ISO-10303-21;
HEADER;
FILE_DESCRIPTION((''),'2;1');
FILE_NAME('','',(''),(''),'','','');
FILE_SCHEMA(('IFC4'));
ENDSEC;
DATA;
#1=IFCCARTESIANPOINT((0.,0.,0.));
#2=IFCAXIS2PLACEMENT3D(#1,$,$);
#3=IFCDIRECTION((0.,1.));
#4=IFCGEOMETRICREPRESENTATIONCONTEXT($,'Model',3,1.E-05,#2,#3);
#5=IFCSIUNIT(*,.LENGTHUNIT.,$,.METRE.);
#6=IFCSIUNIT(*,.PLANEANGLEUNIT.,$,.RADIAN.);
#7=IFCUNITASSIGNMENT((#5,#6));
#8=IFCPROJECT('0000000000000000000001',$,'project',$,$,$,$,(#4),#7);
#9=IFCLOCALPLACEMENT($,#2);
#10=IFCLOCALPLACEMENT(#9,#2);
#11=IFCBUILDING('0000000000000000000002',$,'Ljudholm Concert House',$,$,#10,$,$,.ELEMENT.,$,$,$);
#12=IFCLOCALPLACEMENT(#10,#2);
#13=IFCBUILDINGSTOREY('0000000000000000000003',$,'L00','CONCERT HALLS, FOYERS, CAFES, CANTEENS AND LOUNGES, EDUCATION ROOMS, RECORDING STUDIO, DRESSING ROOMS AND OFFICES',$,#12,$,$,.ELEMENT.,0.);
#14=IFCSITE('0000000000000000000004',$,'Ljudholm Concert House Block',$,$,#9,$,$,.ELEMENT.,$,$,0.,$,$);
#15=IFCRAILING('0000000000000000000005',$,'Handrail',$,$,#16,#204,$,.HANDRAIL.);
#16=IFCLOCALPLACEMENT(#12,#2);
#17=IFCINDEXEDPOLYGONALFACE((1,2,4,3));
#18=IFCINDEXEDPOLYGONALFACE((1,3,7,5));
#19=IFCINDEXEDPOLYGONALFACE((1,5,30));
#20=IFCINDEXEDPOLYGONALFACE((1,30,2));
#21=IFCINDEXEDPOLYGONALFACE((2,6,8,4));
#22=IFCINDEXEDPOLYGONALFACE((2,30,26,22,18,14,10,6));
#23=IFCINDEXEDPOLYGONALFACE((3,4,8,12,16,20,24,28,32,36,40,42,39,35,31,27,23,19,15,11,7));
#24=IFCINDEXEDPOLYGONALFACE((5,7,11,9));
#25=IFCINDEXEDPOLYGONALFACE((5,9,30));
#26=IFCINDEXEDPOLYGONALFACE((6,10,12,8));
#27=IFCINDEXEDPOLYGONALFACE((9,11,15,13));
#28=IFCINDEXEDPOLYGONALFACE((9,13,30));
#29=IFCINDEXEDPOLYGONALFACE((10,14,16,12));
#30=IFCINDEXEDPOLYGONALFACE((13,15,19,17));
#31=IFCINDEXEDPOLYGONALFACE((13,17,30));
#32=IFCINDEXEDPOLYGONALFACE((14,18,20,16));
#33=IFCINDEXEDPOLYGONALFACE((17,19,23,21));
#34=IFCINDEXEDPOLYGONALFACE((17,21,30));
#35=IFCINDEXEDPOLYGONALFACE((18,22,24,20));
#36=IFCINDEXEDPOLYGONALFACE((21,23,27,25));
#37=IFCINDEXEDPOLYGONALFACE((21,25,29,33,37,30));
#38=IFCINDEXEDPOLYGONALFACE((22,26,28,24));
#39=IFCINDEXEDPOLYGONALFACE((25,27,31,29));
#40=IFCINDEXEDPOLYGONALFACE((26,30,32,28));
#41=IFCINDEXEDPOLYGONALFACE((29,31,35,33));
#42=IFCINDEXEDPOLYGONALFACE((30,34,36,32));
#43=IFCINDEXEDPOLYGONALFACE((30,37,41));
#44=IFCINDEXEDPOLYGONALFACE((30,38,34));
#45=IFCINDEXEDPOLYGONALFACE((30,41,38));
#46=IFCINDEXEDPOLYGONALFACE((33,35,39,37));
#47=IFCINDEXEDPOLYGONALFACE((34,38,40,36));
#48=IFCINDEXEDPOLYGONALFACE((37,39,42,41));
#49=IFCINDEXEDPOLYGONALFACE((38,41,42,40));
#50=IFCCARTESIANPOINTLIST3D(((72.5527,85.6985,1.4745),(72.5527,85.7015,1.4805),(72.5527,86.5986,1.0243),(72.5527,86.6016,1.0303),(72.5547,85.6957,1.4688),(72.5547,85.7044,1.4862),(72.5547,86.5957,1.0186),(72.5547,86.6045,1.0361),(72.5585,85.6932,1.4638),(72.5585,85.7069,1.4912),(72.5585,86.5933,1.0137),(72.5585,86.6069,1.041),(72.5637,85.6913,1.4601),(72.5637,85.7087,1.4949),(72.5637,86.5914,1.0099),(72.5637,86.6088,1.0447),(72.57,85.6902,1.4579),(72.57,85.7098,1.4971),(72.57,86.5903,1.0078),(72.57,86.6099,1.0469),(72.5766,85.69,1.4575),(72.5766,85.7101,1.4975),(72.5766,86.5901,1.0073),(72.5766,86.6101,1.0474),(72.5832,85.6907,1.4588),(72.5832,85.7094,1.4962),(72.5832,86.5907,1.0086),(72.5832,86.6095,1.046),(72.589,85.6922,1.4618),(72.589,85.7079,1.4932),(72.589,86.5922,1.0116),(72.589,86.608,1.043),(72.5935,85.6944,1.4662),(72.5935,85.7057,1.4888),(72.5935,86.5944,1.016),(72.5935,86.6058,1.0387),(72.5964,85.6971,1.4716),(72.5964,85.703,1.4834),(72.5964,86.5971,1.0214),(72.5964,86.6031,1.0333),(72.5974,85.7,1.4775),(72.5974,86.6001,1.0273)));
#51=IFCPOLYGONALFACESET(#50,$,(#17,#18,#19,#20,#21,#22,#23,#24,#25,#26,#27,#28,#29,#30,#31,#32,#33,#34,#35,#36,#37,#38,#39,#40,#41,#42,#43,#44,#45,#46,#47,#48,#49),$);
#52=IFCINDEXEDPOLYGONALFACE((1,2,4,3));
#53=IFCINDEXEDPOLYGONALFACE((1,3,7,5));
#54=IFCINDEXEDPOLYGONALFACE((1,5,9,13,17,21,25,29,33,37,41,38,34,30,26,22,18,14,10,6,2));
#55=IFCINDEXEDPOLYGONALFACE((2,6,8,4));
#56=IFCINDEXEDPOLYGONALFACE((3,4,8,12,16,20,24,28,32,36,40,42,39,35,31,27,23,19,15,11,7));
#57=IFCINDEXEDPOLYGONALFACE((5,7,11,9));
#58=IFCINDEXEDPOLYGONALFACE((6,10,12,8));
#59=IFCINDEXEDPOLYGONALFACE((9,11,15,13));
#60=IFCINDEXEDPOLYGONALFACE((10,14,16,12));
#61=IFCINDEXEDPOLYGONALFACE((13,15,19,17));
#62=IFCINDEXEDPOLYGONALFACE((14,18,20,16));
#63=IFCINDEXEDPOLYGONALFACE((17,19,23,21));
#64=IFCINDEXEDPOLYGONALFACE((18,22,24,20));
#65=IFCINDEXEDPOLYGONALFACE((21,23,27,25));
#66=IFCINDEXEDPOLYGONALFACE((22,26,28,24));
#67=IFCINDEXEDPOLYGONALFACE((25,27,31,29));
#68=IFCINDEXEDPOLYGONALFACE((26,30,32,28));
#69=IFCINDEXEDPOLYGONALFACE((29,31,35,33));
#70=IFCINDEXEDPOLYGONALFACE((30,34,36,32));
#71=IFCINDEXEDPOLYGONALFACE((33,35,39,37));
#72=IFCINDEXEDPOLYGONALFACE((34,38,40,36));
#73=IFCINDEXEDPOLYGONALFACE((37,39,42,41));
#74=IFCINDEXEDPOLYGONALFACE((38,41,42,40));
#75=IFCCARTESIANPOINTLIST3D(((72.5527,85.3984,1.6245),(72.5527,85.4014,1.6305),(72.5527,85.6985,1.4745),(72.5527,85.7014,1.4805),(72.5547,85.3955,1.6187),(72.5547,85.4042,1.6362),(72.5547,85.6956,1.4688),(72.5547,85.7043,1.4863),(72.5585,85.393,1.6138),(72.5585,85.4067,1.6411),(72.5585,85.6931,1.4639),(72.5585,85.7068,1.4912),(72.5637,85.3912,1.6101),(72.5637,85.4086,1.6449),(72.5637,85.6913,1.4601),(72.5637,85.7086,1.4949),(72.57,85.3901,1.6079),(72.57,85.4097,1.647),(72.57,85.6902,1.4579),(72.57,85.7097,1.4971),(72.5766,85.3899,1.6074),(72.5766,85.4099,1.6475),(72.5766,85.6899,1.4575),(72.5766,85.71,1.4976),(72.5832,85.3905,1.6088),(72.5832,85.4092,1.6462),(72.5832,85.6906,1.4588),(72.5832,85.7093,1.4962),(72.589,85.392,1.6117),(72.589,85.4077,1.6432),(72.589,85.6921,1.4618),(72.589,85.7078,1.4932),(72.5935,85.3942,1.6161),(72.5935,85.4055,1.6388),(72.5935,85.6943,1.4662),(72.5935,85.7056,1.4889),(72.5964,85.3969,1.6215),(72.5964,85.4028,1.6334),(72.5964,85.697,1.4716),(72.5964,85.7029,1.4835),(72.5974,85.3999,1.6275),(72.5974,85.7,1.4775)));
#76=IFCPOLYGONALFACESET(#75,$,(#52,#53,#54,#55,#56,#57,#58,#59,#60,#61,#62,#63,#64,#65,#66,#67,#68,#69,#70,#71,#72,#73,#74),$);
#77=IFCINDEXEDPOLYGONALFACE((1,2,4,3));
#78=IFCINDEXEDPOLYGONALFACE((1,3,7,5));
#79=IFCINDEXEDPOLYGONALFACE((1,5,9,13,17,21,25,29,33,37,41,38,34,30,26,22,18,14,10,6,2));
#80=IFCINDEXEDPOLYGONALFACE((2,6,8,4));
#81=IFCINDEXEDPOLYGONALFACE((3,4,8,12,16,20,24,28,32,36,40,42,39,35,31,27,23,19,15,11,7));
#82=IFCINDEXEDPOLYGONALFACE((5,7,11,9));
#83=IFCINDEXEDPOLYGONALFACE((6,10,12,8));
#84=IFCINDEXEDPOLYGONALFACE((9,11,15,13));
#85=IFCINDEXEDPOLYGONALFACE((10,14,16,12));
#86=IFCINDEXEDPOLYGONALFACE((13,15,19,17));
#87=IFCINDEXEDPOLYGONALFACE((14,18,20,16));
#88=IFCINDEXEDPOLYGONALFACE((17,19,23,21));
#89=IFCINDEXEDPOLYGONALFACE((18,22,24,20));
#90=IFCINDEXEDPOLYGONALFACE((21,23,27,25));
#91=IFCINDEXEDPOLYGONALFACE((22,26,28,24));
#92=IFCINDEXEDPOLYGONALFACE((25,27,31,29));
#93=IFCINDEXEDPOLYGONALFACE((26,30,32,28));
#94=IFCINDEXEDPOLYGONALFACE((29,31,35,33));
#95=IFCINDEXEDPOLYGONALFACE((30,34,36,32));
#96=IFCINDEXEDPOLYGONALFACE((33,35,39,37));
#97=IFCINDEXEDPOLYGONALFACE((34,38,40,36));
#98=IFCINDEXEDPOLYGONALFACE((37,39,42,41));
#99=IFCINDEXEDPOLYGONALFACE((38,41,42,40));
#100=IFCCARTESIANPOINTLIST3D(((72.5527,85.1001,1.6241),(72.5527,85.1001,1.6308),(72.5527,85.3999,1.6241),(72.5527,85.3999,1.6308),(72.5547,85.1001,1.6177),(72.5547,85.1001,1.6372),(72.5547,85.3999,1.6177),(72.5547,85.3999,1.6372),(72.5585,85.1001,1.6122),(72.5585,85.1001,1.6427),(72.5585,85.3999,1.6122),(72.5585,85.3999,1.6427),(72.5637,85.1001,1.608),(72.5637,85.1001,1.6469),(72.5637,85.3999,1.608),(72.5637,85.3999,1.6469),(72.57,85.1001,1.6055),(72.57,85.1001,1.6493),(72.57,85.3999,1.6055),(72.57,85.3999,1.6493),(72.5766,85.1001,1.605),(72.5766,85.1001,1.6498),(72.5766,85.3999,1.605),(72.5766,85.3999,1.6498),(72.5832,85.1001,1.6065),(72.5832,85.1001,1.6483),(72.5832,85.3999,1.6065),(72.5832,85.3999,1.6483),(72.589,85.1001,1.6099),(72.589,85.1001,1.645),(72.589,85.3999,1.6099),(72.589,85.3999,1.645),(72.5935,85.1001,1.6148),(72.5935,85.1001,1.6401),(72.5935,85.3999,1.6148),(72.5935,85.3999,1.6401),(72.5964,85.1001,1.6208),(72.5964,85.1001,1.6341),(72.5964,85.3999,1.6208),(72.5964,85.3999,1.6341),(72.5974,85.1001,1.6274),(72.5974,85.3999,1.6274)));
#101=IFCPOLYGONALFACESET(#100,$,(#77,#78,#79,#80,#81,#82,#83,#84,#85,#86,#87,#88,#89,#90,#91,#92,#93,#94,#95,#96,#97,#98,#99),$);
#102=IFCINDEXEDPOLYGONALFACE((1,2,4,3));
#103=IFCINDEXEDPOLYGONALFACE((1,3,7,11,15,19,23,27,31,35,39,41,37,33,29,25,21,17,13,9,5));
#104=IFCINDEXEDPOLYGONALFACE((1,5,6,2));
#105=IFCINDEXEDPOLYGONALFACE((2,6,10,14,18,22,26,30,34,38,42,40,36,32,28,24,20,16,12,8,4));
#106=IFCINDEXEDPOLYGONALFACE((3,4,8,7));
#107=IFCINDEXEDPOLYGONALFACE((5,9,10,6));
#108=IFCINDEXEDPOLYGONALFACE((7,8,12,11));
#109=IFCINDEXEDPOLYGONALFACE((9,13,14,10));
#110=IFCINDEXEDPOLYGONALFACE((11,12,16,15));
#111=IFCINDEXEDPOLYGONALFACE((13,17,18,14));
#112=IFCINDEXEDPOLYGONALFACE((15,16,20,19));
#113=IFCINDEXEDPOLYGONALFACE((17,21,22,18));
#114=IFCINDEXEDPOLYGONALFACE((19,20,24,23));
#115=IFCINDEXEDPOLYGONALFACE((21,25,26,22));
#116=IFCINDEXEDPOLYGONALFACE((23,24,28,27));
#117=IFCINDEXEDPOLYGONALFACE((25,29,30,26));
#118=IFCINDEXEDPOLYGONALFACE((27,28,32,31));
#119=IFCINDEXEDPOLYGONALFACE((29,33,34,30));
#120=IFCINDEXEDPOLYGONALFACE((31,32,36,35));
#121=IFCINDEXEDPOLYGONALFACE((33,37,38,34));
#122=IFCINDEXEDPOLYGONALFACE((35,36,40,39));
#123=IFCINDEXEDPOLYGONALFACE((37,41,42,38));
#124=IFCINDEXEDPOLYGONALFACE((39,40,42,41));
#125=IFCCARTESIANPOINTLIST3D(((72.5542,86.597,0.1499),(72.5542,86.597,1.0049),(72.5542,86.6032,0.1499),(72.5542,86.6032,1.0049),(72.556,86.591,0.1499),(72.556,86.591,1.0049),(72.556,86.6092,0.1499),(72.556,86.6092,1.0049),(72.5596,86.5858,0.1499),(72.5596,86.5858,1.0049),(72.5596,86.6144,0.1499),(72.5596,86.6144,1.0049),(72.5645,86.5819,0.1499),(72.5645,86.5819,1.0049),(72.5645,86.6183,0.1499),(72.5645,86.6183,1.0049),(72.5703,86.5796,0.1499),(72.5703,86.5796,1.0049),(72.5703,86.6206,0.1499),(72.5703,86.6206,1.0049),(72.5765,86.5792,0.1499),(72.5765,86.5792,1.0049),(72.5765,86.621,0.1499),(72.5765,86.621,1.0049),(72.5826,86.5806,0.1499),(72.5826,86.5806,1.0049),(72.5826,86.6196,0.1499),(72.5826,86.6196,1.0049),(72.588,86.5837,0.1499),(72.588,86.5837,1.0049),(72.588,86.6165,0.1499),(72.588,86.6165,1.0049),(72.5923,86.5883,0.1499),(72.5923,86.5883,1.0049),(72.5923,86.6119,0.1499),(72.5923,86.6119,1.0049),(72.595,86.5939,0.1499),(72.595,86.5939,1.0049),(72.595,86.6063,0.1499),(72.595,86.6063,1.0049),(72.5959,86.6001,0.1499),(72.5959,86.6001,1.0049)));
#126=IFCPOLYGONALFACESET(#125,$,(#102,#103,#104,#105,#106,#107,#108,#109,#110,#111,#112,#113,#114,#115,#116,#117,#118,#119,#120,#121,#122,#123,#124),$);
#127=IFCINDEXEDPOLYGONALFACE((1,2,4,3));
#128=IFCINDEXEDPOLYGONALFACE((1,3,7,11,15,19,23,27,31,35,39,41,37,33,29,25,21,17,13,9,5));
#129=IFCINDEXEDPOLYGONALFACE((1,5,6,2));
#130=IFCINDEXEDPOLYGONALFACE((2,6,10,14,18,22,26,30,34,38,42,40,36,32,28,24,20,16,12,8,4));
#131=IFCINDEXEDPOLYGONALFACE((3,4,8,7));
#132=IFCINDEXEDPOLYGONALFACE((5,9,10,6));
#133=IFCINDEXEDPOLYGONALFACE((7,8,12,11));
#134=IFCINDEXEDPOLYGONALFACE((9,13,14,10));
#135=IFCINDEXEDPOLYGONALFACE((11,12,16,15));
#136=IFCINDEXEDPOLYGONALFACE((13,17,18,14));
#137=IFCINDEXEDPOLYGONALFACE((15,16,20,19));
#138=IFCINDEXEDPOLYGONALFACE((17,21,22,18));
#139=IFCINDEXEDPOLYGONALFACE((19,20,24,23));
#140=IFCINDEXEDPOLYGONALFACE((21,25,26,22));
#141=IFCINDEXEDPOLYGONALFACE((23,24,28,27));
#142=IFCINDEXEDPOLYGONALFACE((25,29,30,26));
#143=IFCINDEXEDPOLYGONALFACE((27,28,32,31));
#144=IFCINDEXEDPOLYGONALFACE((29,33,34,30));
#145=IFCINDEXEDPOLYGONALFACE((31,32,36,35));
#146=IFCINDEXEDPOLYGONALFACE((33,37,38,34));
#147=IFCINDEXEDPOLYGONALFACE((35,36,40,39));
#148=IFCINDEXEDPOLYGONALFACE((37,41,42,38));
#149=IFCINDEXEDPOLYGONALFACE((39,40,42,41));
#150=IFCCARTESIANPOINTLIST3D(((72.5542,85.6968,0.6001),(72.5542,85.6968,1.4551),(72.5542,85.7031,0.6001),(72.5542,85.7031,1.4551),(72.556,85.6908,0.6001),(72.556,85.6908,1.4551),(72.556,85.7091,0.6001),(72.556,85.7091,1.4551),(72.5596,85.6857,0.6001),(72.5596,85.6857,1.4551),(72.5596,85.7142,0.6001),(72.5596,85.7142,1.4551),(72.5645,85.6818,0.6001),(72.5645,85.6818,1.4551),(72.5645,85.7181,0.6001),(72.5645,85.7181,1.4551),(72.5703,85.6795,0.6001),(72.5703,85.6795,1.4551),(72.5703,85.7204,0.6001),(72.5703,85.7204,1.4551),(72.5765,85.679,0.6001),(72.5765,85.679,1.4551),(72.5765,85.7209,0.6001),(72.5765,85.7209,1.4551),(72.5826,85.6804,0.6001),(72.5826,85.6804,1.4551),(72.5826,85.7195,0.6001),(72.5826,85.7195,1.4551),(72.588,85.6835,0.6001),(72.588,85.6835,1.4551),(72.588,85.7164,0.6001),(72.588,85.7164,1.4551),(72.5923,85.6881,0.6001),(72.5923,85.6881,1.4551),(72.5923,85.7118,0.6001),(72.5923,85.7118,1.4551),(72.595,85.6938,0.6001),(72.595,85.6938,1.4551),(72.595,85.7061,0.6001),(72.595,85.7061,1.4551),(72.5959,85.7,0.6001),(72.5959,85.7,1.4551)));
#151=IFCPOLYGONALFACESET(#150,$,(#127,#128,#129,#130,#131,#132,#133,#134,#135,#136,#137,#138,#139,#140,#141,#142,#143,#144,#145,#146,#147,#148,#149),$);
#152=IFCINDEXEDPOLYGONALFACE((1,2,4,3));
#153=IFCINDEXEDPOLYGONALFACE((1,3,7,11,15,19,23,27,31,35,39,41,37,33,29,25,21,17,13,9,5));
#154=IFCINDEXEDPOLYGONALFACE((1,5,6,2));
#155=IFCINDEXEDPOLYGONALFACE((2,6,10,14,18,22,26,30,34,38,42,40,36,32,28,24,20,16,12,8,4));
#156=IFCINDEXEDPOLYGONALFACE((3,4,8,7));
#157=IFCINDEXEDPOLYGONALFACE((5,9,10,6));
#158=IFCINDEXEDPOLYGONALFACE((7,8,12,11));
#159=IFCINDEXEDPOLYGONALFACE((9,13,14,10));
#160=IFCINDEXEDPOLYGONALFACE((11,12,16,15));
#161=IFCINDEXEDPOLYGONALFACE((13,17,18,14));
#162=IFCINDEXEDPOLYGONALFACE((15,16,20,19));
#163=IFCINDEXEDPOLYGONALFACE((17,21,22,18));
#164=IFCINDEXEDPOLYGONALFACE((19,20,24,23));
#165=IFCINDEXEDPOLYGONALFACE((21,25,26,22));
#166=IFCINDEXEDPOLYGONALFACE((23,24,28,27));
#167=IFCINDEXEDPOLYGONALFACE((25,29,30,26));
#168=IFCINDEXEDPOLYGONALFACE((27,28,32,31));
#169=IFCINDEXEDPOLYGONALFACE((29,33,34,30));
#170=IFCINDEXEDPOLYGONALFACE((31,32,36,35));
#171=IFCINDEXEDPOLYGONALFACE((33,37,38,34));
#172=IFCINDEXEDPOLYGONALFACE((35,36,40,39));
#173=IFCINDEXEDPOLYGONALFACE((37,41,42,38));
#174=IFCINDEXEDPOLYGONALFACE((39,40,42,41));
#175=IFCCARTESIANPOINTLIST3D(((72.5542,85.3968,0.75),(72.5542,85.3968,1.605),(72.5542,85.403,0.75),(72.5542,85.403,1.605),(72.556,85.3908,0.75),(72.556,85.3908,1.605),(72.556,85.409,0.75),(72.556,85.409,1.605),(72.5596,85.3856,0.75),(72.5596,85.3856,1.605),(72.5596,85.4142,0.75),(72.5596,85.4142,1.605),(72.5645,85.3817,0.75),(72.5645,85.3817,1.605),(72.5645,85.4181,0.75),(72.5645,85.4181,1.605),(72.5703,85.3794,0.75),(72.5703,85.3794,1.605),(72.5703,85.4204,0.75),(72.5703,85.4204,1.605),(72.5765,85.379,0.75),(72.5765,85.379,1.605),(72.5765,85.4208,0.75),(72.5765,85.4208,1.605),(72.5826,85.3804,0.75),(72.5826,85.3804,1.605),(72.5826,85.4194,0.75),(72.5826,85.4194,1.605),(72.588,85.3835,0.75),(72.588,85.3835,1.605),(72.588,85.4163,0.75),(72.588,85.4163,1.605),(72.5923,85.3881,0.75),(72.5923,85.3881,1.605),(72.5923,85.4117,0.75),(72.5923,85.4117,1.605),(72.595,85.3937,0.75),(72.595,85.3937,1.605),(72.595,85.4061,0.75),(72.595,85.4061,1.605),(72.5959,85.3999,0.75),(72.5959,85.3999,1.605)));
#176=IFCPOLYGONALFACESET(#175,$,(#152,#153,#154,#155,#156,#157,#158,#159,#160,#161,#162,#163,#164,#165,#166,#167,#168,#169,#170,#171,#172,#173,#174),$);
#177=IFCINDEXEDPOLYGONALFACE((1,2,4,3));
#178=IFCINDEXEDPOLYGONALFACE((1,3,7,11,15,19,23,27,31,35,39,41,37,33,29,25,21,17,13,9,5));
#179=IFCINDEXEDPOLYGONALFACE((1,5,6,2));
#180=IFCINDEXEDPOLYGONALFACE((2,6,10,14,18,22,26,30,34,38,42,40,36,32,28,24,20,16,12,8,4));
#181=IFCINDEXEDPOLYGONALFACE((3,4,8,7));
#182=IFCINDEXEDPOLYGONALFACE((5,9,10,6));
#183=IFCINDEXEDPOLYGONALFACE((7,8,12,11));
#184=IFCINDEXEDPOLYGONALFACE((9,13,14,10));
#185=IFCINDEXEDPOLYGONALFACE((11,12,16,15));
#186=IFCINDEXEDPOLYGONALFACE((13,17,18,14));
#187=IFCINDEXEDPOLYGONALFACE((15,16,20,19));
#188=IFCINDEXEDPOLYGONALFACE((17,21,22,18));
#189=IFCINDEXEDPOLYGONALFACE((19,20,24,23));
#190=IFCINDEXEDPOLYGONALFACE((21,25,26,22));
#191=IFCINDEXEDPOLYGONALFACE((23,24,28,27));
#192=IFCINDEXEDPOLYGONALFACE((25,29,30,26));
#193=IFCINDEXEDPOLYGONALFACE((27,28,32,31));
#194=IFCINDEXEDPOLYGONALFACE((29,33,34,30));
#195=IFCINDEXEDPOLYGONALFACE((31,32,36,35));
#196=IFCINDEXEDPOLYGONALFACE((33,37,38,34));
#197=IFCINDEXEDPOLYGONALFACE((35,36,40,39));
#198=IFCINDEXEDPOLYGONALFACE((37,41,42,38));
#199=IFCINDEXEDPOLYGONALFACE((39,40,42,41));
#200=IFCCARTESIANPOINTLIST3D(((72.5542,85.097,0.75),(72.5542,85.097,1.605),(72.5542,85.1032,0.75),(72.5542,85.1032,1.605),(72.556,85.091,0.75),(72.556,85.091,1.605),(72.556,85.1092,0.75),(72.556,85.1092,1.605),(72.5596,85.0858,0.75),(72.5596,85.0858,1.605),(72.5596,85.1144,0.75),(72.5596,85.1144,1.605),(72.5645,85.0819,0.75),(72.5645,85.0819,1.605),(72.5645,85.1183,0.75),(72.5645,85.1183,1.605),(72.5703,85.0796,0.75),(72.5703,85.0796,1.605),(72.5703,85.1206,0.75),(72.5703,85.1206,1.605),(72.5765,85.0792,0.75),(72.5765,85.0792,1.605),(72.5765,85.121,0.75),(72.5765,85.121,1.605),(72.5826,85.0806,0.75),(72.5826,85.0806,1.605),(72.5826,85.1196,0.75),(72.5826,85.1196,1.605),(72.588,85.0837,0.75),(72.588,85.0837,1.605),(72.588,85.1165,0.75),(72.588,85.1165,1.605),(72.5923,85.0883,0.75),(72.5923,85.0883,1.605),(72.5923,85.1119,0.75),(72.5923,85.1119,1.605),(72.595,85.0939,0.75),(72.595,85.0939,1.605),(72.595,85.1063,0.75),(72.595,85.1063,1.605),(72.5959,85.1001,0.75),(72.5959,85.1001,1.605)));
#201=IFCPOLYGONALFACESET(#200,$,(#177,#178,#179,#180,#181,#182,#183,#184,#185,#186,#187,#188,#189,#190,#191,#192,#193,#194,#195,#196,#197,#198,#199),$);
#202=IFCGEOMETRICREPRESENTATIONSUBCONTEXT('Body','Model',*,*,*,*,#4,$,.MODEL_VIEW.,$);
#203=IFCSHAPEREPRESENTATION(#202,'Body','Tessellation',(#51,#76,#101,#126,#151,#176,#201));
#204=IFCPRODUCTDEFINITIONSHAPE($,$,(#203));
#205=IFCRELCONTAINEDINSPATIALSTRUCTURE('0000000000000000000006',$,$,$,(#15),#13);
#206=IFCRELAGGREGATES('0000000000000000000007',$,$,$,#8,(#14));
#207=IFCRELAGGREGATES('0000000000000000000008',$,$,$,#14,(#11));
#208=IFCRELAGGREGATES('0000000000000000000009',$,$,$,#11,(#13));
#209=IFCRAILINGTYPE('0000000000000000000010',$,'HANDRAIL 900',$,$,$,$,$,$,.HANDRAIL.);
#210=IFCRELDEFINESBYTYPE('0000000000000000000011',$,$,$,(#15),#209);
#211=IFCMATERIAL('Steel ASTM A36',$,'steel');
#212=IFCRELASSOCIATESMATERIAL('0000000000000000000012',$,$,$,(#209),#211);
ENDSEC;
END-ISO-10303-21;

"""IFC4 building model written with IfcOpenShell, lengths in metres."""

from ifc_helpers import new_model, si_unit, direction, frame, origin, origin_2d, place, context, subcontext, project, spatial, circle, extrude, material, type_object, element, save


model = new_model("IFC4")

# Units and contexts
model_context = context("Model", 3, precision=1e-05, world=origin(), true_north=direction((0.0, 1.0)))
body_context = subcontext(model_context, "Body", "Model", "MODEL_VIEW")
ifc_project = project(units=[si_unit("LENGTHUNIT", "METRE"), si_unit("PLANEANGLEUNIT", "RADIAN")], contexts=[model_context])

# Site, building, storey
site_placement = place(None, origin())
site = spatial("IfcSite", under=ifc_project, at=site_placement, Name="Ljudholm Concert House Block", CompositionType="ELEMENT", RefElevation=0.0)
building_placement = place(site_placement, origin())
building = spatial("IfcBuilding", under=site, at=building_placement, Name="Ljudholm Concert House", CompositionType="ELEMENT")
storey_placement = place(building_placement, origin())
storey = spatial("IfcBuildingStorey", under=building, at=storey_placement, Name="L00", Description="CONCERT HALLS, FOYERS, CAFES, CANTEENS AND LOUNGES, EDUCATION ROOMS, RECORDING STUDIO, DRESSING ROOMS AND OFFICES", CompositionType="ELEMENT", Elevation=0.0)

# Railing
ifc_material_1 = material(Name="Steel ASTM A36", Category="steel")
railing_type_1 = type_object("IfcRailingType", Name="HANDRAIL 900", PredefinedType="HANDRAIL", material=ifc_material_1)
for number, where, name in (
    (1, (72.575, 86.6001, 0.1499), "Handrail"),
):
    element("IfcRailing", number, at=place(storey_placement, frame(where)), inside=storey, type_object=railing_type_1, Name=name, PredefinedType="HANDRAIL", context=body_context, shape_type="SweptSolid", body=[
        extrude(circle(Radius=0.0225, at=origin_2d()), frame((0.0, 0.0, 0.8774), z_axis=(0.0, -0.894379, 0.447311), x_axis=(1.0, 0.0, 0.0)), (0.0, 0.0, 1.0), 1.0063),
        extrude(circle(Radius=0.0225, at=origin_2d()), frame((0.0, -0.9001, 1.3276), z_axis=(0.0, -0.894573, 0.446922), x_axis=(1.0, 0.0, 0.0)), (0.0, 0.0, 1.0), 0.3354),
        extrude(circle(Radius=0.0225, at=origin_2d()), frame((0.0, -1.2002, 1.4775), z_axis=(0.0, -1.0, 0.0), x_axis=(1.0, 0.0, 0.0)), (0.0, 0.0, 1.0), 0.2998),
        extrude(circle(Radius=0.021, at=origin_2d()), origin(), (0.0, 0.0, 1.0), 0.855),
        extrude(circle(Radius=0.021, at=origin_2d()), frame((0.0, -0.9001, 0.4502)), (0.0, 0.0, 1.0), 0.855),
        extrude(circle(Radius=0.021, at=origin_2d()), frame((0.0, -1.2002, 0.6001)), (0.0, 0.0, 1.0), 0.855),
        extrude(circle(Radius=0.021, at=origin_2d()), frame((0.0, -1.5, 0.6001)), (0.0, 0.0, 1.0), 0.855),
    ])

save(model, "model.ifc")
